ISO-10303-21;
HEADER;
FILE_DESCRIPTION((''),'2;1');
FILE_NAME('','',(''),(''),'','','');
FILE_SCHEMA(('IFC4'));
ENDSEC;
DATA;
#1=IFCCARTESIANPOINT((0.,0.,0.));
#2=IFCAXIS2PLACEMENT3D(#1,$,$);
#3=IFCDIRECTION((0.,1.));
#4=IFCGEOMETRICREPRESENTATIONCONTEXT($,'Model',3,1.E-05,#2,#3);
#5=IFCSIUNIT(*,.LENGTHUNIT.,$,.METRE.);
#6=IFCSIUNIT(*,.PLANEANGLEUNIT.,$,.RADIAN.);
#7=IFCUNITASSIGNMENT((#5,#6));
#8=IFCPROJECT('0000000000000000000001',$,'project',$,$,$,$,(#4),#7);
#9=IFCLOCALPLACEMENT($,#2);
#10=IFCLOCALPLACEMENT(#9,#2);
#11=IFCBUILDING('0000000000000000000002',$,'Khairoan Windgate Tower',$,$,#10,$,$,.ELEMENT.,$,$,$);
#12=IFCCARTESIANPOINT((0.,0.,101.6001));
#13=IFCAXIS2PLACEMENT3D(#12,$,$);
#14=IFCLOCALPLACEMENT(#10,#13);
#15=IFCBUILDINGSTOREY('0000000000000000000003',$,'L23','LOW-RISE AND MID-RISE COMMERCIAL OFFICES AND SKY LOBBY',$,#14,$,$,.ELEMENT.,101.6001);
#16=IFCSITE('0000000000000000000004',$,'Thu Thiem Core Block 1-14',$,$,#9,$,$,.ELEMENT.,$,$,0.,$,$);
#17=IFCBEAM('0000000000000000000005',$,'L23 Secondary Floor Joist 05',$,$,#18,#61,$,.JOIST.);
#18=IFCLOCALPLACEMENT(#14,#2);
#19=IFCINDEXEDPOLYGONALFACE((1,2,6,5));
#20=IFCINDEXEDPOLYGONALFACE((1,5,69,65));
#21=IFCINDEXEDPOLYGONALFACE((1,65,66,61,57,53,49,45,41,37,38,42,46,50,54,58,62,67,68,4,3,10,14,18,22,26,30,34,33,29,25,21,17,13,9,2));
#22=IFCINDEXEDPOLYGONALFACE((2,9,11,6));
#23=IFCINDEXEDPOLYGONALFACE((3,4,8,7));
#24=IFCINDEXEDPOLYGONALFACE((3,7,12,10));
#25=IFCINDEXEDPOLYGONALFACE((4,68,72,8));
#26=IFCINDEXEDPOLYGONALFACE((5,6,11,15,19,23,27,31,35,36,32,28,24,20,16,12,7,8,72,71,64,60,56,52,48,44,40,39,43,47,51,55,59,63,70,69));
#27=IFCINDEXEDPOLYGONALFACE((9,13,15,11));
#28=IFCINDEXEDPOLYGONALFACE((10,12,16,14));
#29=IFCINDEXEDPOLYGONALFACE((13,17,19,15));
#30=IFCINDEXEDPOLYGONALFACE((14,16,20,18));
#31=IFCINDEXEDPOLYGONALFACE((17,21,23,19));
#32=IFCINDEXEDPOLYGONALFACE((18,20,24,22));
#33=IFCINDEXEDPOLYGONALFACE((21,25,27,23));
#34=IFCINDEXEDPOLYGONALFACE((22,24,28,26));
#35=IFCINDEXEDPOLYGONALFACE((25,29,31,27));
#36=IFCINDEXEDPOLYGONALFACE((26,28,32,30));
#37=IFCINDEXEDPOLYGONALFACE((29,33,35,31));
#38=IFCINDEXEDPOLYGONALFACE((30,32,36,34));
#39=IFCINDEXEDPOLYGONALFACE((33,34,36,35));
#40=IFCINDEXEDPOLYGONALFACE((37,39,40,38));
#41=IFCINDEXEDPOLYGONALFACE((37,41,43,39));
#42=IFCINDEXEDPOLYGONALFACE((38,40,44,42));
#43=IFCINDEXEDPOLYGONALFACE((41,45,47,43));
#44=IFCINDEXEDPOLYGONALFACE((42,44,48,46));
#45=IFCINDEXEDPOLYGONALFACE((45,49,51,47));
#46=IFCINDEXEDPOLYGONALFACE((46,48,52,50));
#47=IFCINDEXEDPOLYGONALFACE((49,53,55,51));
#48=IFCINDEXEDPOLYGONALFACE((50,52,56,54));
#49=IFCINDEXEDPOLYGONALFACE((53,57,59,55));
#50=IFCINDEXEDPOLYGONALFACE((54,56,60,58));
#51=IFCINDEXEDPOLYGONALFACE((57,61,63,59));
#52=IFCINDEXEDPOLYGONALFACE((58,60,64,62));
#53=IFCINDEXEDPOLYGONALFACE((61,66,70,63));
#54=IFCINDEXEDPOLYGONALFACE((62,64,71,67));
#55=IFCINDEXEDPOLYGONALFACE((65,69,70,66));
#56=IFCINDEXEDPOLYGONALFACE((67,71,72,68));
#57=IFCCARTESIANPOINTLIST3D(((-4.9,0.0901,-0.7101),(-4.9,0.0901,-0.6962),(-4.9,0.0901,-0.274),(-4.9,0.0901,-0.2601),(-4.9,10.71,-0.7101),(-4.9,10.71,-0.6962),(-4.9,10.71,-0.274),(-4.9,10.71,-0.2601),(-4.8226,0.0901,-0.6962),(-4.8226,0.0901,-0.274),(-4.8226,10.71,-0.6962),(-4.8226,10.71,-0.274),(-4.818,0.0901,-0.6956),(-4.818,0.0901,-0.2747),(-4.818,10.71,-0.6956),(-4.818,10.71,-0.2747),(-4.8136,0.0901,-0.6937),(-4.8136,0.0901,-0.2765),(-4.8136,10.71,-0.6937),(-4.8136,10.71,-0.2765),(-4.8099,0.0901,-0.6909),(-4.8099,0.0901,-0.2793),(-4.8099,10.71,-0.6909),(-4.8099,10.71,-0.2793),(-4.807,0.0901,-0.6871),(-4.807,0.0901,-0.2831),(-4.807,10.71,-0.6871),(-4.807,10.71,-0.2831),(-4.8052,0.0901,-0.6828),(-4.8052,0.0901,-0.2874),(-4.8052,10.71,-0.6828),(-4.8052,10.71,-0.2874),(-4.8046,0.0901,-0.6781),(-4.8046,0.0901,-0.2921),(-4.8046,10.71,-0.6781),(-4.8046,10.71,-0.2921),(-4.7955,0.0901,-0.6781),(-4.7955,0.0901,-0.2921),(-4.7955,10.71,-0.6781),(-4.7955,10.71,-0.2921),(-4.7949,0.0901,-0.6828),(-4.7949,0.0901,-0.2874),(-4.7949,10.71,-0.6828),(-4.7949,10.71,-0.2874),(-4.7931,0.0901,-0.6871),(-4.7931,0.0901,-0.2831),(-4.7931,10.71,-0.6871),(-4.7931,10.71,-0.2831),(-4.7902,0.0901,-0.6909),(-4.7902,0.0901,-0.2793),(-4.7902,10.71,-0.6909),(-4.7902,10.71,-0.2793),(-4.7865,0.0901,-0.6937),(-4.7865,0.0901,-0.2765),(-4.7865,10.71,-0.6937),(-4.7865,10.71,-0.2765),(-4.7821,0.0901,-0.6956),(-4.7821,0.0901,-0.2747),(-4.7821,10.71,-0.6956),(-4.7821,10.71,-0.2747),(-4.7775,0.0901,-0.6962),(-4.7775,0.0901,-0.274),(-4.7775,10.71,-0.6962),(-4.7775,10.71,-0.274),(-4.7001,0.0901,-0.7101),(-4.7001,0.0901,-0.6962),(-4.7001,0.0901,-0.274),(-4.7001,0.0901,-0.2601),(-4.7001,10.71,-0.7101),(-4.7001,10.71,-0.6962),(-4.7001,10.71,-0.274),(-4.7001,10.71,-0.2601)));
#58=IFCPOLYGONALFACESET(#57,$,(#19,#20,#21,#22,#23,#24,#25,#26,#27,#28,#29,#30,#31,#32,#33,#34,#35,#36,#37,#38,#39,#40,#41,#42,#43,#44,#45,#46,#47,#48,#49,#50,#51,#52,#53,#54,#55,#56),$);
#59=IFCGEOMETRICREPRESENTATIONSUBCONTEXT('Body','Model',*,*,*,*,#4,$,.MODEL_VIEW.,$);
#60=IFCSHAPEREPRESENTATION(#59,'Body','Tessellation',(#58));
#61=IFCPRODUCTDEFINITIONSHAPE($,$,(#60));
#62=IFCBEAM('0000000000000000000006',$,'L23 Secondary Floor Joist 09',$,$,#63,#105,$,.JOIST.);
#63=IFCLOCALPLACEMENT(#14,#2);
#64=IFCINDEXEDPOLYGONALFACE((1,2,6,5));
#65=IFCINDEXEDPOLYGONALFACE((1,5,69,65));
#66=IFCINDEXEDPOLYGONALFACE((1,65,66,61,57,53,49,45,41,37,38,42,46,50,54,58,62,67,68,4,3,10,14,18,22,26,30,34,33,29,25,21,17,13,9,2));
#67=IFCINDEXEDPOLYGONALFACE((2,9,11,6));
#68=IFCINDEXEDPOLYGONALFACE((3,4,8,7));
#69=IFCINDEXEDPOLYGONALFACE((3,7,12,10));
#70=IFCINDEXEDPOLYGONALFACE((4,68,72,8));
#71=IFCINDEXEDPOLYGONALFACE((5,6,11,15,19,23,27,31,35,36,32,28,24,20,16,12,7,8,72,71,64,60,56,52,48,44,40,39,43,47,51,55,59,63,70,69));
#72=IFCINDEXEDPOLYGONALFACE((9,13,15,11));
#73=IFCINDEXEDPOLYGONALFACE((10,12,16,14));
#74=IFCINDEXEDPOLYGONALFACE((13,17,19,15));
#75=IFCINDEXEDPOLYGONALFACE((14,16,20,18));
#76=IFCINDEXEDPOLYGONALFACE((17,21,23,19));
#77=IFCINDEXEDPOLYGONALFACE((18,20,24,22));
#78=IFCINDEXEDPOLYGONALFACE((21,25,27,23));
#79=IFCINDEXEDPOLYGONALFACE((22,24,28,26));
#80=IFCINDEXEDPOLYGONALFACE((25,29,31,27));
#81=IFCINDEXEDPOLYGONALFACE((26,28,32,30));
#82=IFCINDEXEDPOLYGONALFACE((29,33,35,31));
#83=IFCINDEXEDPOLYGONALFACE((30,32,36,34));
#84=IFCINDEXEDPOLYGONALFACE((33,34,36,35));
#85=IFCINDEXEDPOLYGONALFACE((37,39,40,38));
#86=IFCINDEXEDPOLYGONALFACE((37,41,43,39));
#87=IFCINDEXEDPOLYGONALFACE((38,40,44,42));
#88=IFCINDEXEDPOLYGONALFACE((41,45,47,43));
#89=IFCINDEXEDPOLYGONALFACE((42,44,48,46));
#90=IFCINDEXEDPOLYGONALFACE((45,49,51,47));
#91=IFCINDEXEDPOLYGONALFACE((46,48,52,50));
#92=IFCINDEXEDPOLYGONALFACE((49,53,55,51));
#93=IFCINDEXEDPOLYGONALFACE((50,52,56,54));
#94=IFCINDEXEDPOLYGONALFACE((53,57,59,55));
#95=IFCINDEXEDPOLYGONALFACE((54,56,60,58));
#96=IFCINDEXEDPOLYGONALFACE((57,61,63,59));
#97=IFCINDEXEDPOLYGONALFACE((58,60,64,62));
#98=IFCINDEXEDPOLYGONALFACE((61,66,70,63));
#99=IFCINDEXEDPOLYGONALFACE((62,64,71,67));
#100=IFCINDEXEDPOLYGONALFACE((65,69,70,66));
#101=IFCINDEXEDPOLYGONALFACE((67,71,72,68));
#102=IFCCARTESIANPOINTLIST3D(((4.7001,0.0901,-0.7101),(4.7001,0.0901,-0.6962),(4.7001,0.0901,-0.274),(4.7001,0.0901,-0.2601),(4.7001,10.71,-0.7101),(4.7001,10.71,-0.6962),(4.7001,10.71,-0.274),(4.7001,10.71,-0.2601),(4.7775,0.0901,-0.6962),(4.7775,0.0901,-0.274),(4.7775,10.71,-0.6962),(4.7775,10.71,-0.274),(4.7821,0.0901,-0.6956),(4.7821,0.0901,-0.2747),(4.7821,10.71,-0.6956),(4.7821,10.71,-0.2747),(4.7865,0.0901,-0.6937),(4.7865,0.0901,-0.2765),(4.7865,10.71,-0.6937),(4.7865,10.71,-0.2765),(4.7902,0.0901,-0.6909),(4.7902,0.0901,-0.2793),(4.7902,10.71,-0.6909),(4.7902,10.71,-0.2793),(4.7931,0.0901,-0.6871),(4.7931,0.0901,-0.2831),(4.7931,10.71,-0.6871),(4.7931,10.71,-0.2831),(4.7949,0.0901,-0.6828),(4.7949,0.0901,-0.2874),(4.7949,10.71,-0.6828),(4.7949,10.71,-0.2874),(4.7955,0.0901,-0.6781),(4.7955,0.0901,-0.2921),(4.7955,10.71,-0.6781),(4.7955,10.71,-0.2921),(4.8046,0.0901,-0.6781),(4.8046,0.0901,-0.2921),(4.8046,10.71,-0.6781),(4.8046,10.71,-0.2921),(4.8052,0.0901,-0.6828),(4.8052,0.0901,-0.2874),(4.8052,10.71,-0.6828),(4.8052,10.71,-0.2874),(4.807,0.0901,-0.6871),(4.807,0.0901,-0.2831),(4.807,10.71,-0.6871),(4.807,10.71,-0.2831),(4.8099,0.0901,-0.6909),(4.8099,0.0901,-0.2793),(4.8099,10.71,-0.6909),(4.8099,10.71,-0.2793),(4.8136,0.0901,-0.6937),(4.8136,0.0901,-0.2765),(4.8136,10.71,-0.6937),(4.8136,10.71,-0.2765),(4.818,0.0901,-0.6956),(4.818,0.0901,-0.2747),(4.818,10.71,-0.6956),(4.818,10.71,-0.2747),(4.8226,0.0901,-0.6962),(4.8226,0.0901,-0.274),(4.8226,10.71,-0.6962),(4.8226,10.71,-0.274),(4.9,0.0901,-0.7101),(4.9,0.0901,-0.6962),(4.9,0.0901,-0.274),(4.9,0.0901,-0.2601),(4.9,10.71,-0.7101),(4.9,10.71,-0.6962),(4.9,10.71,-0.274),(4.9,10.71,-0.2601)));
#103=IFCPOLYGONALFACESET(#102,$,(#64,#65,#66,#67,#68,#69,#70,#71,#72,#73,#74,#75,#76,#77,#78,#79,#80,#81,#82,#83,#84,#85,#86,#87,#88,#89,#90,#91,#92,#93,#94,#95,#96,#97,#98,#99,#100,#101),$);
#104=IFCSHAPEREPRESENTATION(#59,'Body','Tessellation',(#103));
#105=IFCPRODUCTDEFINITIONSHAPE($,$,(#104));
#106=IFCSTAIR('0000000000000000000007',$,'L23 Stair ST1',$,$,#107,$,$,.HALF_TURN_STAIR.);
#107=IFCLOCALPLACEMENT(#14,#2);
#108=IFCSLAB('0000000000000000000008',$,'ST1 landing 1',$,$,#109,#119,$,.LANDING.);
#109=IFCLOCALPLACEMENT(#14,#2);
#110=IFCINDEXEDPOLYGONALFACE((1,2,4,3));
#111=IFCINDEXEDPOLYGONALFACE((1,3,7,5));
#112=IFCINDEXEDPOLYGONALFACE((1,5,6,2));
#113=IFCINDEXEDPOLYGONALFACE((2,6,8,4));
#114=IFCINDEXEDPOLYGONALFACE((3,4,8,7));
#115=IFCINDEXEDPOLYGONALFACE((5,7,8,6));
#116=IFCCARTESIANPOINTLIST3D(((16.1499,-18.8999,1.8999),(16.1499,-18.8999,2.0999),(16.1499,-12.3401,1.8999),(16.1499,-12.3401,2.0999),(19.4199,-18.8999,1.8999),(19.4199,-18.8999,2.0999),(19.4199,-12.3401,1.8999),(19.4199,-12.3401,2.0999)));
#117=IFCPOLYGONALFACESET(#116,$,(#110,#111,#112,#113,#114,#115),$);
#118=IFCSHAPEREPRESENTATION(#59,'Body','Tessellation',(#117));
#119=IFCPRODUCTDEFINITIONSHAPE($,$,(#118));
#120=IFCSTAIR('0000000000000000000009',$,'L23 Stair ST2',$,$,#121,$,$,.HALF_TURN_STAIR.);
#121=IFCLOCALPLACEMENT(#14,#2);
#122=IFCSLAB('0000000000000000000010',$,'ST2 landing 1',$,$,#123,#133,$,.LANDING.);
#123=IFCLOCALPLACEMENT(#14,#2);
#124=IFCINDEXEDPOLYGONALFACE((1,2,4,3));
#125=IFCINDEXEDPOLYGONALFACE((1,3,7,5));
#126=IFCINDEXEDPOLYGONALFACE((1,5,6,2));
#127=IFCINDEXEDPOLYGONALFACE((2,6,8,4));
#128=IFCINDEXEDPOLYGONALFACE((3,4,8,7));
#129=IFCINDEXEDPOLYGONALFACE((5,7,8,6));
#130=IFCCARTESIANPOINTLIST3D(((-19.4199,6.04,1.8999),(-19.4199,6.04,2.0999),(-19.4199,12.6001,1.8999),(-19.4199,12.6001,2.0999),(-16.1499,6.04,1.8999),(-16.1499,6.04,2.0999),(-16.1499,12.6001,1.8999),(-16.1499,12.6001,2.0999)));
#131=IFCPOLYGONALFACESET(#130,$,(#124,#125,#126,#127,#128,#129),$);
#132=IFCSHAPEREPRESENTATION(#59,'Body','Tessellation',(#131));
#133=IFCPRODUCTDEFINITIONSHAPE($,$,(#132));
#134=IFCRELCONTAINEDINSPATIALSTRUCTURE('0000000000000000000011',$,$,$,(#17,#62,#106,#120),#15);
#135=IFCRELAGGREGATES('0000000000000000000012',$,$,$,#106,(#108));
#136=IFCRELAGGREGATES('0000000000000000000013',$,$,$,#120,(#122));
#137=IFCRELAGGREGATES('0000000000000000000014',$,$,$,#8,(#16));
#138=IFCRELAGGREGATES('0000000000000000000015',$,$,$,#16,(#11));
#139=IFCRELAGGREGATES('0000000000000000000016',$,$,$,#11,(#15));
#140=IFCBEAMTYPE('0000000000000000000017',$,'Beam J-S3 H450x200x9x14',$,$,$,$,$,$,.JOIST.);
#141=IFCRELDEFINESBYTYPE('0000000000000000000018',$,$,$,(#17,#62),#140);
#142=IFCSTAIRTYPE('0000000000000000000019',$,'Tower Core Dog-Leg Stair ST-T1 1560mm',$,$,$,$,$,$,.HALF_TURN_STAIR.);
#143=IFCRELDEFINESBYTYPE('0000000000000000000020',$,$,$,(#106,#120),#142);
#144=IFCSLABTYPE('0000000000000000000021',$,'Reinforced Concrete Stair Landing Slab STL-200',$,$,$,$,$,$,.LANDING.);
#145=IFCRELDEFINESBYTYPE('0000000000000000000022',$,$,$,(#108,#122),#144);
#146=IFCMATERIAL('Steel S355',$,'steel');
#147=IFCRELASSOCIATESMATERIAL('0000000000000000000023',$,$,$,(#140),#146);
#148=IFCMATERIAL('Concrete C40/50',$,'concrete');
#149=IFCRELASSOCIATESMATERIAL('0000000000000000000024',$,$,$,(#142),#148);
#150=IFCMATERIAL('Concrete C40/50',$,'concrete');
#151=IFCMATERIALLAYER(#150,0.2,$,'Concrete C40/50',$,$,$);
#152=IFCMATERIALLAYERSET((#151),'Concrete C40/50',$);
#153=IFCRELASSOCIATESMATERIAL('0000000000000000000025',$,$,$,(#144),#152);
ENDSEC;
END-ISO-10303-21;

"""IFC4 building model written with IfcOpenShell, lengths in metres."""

from ifc_helpers import new_model, si_unit, direction, frame, origin, origin_2d, place, context, subcontext, project, spatial, polyline, i_section, outline, extrude, material, layer, layer_set, material_profile, profile_set, type_object, element, aggregate, save


model = new_model("IFC4")

# Units and contexts
model_context = context("Model", 3, precision=1e-05, world=origin(), true_north=direction((0.0, 1.0)))
body_context = subcontext(model_context, "Body", "Model", "MODEL_VIEW")
ifc_project = project(units=[si_unit("LENGTHUNIT", "METRE"), si_unit("PLANEANGLEUNIT", "RADIAN")], contexts=[model_context])

# Site, building, storey
site_placement = place(None, origin())
site = spatial("IfcSite", under=ifc_project, at=site_placement, Name="Thu Thiem Core Block 1-14", CompositionType="ELEMENT", RefElevation=0.0)
building_placement = place(site_placement, origin())
building = spatial("IfcBuilding", under=site, at=building_placement, Name="Khairoan Windgate Tower", CompositionType="ELEMENT")
storey_placement = place(building_placement, frame((0.0, 0.0, 101.6001)))
storey = spatial("IfcBuildingStorey", under=building, at=storey_placement, Name="L23", Description="LOW-RISE AND MID-RISE COMMERCIAL OFFICES AND SKY LOBBY", CompositionType="ELEMENT", Elevation=101.6001)

# Beams
ifc_material_1 = material(Name="Steel S355", Category="steel")
ifc_material_profile_1 = material_profile(ifc_material_1, i_section(OverallWidth=0.2, OverallDepth=0.45, WebThickness=0.009, FlangeThickness=0.0139, FilletRadius=0.0181, at=origin_2d()))
ifc_profile_set_1 = profile_set([ifc_material_profile_1], Name="Steel S355")
beam_type_1 = type_object("IfcBeamType", Name="Beam J-S3 H450x200x9x14", PredefinedType="JOIST", material=ifc_profile_set_1)
for number, where, z_axis, x_axis, name in (
    (1, (-4.8, 0.0901, -0.4851), (0.0, 1.0, 0.0), (-1.0, 0.0, 0.0), "L23 Secondary Floor Joist 05"),
    (2, (4.8, 0.0901, -0.4851), (0.0, 1.0, 0.0), (-1.0, 0.0, 0.0), "L23 Secondary Floor Joist 09"),
):
    element("IfcBeam", number, at=place(storey_placement, frame(where, z_axis=z_axis, x_axis=x_axis)), inside=storey, type_object=beam_type_1, Name=name, PredefinedType="JOIST", context=body_context, shape_type="SweptSolid", body=[
        extrude(i_section(OverallWidth=0.2, OverallDepth=0.45, WebThickness=0.009, FlangeThickness=0.0139, FilletRadius=0.0181, at=origin_2d()), origin(), (0.0, 0.0, 1.0), 10.6199),
    ])

# Stairs, slabs
ifc_material_2 = material(Name="Concrete C40/50", Category="concrete")
stair_type = type_object("IfcStairType", Name="Tower Core Dog-Leg Stair ST-T1 1560mm", PredefinedType="HALF_TURN_STAIR", material=ifc_material_2)
stair_1_placement = place(storey_placement, origin())
stair_1 = element("IfcStair", 3, at=stair_1_placement, inside=storey, type_object=stair_type, Name="L23 Stair ST1", PredefinedType="HALF_TURN_STAIR")
ifc_material_3 = material(Name="Concrete C40/50", Category="concrete")
ifc_layer_1 = layer(ifc_material_3, 0.2, Name="Concrete C40/50")
ifc_layer_set_1 = layer_set([ifc_layer_1], Name="Concrete C40/50")
slab_type_1 = type_object("IfcSlabType", Name="Reinforced Concrete Stair Landing Slab STL-200", PredefinedType="LANDING", material=ifc_layer_set_1)
slab_1_placement = place(storey_placement, frame((0.0, 0.0, 1.8999)))
slab_1 = element("IfcSlab", 4, at=slab_1_placement, type_object=slab_type_1, Name="ST1 landing 1", PredefinedType="LANDING", context=body_context, shape_type="SweptSolid", body=[
    extrude(outline(polyline([(16.1499, -12.3401), (16.1499, -18.8999), (19.4199, -18.8999), (19.4199, -12.3401), (16.1499, -12.3401)])), origin(), (0.0, 0.0, 1.0), 0.2),
])
aggregate(stair_1, [slab_1])
stair_2_placement = place(storey_placement, origin())
stair_2 = element("IfcStair", 5, at=stair_2_placement, inside=storey, type_object=stair_type, Name="L23 Stair ST2", PredefinedType="HALF_TURN_STAIR")
slab_2_placement = place(storey_placement, frame((0.0, 0.0, 1.8999)))
slab_2 = element("IfcSlab", 6, at=slab_2_placement, type_object=slab_type_1, Name="ST2 landing 1", PredefinedType="LANDING", context=body_context, shape_type="SweptSolid", body=[
    extrude(outline(polyline([(-16.1499, 6.04), (-16.1499, 12.6001), (-19.4199, 12.6001), (-19.4199, 6.04), (-16.1499, 6.04)])), origin(), (0.0, 0.0, 1.0), 0.2),
])
aggregate(stair_2, [slab_2])

save(model, "model.ifc")
